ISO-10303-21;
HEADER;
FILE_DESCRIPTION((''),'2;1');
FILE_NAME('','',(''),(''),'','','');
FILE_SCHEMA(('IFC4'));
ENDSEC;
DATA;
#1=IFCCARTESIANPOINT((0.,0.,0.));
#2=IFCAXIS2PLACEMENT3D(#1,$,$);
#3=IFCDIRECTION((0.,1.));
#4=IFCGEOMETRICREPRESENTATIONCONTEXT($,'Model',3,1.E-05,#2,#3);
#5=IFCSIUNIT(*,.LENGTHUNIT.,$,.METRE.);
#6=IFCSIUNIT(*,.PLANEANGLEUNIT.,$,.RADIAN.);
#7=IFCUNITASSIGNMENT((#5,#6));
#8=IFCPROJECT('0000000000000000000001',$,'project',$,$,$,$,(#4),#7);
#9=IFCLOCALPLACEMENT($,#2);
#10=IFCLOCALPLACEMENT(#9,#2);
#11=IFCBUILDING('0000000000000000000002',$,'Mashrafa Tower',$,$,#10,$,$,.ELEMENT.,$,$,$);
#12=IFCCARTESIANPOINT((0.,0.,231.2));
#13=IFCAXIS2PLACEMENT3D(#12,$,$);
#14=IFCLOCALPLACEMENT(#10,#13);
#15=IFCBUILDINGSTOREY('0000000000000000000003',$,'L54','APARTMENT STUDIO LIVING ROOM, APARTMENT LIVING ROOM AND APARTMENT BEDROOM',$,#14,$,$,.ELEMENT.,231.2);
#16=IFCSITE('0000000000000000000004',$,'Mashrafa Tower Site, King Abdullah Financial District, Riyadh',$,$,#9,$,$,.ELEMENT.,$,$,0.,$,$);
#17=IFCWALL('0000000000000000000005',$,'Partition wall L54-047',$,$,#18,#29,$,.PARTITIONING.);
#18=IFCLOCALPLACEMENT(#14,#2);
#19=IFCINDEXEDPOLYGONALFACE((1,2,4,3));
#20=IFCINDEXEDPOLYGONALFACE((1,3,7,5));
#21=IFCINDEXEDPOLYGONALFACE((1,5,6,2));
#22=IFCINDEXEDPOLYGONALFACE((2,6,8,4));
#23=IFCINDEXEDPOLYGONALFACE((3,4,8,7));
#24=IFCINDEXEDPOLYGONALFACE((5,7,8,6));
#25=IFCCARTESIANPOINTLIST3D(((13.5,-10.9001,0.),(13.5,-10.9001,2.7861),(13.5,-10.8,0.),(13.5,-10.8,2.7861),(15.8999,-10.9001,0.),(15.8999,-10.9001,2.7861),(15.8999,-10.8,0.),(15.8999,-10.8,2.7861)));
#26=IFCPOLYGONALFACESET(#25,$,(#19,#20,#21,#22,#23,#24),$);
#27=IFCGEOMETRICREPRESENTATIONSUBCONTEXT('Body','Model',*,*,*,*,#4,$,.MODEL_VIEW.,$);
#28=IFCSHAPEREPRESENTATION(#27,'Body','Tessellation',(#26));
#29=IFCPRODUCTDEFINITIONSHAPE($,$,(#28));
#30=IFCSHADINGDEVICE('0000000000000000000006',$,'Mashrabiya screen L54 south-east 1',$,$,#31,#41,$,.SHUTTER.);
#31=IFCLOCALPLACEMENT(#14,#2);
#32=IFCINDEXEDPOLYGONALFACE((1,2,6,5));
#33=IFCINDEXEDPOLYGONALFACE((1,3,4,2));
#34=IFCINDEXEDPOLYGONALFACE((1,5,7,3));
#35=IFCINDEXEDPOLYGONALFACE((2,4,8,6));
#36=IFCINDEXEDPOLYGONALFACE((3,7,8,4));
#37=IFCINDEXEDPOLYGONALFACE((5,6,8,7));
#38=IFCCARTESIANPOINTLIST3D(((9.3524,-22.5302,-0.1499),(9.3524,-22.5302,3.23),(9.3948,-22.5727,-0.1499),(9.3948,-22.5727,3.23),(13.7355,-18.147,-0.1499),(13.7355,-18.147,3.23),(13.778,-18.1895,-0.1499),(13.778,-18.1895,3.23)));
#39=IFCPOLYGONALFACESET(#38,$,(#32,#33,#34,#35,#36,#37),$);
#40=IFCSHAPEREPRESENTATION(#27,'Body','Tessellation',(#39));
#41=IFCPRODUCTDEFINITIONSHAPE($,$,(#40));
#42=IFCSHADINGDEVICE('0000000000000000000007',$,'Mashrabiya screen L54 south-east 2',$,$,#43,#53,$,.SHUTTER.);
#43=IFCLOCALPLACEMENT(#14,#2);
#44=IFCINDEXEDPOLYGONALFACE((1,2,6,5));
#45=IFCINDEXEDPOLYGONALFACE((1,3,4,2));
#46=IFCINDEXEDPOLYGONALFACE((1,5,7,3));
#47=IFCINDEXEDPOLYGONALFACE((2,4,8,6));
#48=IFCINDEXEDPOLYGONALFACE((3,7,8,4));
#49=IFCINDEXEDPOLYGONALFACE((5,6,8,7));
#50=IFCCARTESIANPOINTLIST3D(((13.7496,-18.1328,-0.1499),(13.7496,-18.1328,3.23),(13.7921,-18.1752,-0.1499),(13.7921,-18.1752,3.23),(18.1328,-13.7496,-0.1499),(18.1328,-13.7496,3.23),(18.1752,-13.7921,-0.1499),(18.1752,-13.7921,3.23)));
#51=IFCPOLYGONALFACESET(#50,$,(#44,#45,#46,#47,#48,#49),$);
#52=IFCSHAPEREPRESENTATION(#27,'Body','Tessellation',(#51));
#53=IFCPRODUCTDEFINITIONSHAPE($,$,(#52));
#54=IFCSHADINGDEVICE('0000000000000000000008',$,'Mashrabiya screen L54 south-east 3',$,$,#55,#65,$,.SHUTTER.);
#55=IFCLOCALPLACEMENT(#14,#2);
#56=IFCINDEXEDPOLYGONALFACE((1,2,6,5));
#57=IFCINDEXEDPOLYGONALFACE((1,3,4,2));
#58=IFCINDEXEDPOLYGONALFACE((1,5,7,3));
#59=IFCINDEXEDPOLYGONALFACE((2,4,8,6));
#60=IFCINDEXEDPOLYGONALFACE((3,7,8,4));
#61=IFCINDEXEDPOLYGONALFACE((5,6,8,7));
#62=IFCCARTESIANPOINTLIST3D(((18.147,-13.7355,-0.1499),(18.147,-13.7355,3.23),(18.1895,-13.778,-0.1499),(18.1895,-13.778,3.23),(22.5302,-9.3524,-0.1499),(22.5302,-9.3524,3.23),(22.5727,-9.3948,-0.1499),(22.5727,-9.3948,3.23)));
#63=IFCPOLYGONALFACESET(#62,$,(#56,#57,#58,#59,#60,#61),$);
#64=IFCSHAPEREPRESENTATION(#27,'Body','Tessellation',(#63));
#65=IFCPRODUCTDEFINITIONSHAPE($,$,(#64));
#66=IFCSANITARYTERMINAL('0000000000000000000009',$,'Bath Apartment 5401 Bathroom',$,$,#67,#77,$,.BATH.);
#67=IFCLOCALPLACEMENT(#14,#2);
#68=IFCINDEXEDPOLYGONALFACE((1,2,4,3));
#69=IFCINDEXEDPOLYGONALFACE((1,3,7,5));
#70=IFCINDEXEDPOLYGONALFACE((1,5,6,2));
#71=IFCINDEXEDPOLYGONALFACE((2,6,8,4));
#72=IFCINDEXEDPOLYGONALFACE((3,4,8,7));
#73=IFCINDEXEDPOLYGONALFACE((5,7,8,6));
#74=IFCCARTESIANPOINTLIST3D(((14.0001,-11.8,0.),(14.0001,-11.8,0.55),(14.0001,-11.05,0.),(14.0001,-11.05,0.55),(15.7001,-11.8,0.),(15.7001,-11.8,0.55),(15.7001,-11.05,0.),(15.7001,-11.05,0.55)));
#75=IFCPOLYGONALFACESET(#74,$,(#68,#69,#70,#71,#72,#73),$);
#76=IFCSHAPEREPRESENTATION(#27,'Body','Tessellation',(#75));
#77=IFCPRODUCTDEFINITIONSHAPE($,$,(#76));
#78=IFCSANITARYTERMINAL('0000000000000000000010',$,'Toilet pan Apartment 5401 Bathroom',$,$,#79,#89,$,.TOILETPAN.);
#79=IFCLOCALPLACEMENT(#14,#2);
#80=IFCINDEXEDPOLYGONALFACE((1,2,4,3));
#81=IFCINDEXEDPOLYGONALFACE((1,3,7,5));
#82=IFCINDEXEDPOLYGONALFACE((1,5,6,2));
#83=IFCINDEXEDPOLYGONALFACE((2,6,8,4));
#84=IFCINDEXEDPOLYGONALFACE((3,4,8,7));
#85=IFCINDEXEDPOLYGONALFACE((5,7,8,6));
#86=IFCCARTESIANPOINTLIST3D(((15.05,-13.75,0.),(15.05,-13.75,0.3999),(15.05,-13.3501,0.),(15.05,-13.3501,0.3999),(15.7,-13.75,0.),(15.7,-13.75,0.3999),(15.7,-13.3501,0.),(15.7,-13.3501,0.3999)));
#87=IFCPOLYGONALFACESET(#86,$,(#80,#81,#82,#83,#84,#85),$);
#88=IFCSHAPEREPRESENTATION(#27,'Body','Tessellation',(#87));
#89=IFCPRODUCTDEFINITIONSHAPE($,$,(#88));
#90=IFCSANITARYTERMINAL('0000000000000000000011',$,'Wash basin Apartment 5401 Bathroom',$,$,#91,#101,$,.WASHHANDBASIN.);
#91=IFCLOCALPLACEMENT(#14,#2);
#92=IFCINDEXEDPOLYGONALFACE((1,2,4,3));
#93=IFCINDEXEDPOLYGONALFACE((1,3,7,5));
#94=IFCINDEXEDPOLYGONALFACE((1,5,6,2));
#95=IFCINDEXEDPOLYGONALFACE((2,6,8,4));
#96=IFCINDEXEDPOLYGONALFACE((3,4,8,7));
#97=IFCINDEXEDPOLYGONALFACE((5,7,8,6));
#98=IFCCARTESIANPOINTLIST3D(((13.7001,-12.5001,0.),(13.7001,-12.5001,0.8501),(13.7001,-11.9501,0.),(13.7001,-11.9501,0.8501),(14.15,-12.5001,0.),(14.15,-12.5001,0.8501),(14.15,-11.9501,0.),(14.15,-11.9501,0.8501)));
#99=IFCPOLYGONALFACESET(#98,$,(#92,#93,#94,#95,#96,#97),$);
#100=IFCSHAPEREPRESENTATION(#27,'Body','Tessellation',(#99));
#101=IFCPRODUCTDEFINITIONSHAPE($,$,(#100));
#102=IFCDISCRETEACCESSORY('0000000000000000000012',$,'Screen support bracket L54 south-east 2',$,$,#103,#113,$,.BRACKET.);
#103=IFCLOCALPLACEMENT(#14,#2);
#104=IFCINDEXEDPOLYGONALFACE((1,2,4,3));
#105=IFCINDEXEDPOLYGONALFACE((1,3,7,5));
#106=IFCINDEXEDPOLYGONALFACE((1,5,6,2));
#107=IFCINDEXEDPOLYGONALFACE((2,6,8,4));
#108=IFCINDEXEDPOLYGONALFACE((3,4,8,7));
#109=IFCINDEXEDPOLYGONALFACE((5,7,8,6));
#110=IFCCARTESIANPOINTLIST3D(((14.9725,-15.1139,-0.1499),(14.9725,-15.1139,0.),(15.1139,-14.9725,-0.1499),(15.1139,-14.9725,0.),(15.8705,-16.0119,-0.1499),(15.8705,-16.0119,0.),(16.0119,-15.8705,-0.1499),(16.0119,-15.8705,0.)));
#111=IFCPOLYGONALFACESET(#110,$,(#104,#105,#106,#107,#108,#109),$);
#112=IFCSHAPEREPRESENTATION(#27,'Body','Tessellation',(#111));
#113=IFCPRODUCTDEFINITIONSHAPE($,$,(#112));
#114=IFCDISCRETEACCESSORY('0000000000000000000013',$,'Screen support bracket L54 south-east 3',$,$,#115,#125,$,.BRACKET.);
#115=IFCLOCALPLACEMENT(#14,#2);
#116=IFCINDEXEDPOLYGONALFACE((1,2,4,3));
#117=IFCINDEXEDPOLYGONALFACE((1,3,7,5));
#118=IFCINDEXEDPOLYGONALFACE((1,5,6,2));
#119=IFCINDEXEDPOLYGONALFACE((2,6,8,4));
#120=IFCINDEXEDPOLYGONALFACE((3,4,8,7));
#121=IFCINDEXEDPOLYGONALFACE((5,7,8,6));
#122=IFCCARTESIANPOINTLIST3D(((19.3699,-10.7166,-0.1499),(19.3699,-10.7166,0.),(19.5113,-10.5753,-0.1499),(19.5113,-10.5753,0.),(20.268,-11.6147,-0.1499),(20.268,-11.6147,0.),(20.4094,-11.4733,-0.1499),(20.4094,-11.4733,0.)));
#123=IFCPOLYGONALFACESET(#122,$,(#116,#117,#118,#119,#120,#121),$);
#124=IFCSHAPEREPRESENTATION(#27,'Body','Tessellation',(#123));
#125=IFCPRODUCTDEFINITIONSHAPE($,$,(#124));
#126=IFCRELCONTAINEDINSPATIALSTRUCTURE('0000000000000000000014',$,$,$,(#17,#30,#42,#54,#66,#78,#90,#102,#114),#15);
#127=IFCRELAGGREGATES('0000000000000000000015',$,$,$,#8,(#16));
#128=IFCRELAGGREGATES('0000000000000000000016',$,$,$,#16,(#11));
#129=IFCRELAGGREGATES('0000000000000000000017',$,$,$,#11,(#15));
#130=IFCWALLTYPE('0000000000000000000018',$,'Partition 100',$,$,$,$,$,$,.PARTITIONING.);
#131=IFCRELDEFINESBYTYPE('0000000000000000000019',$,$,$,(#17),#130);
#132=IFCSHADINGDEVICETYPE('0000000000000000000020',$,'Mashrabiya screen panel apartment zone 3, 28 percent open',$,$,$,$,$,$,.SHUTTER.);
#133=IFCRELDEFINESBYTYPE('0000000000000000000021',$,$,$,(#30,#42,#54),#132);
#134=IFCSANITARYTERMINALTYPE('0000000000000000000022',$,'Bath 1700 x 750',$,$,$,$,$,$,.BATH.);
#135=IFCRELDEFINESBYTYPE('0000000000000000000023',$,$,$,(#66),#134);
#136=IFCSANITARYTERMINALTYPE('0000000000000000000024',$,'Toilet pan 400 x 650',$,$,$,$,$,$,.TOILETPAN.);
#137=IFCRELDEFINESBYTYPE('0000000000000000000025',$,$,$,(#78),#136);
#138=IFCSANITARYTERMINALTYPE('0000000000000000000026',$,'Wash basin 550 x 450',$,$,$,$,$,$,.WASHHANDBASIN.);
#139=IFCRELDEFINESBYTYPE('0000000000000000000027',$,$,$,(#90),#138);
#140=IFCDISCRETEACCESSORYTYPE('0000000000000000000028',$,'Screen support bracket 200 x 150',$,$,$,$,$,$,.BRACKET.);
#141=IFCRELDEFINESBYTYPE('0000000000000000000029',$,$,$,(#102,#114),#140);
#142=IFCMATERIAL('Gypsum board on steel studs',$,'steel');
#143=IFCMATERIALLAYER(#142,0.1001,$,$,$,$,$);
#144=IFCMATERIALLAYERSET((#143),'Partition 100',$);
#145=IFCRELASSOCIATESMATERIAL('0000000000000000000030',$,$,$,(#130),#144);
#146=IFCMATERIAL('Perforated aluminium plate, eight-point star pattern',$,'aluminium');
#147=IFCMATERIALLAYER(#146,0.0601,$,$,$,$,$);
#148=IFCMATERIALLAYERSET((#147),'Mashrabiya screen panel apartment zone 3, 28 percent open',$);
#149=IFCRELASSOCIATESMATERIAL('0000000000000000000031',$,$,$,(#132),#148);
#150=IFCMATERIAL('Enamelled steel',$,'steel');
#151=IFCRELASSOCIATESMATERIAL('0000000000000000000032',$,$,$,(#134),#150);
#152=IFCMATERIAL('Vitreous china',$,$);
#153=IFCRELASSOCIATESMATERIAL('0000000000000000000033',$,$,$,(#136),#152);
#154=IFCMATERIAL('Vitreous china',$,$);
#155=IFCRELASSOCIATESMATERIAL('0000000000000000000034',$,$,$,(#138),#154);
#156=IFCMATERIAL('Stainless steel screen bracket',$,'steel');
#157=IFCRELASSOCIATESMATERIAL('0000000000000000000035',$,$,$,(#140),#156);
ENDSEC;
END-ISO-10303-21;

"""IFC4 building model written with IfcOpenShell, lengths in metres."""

from ifc_helpers import new_model, si_unit, direction, frame, frame_2d, origin, origin_2d, place, context, subcontext, project, spatial, rectangle, extrude, source, transform, mapped, material, layer, layer_set, type_object, type_shapes, element, save


model = new_model("IFC4")

# Units and contexts
model_context = context("Model", 3, precision=1e-05, world=origin(), true_north=direction((0.0, 1.0)))
body_context = subcontext(model_context, "Body", "Model", "MODEL_VIEW")
ifc_project = project(units=[si_unit("LENGTHUNIT", "METRE"), si_unit("PLANEANGLEUNIT", "RADIAN")], contexts=[model_context])

# Site, building, storey
site_placement = place(None, origin())
site = spatial("IfcSite", under=ifc_project, at=site_placement, Name="Mashrafa Tower Site, King Abdullah Financial District, Riyadh", CompositionType="ELEMENT", RefElevation=0.0)
building_placement = place(site_placement, origin())
building = spatial("IfcBuilding", under=site, at=building_placement, Name="Mashrafa Tower", CompositionType="ELEMENT")
storey_placement = place(building_placement, frame((0.0, 0.0, 231.2)))
storey = spatial("IfcBuildingStorey", under=building, at=storey_placement, Name="L54", Description="APARTMENT STUDIO LIVING ROOM, APARTMENT LIVING ROOM AND APARTMENT BEDROOM", CompositionType="ELEMENT", Elevation=231.2)

# Shared definitions
ifc_material_1 = material(Name="Gypsum board on steel studs", Category="steel")
ifc_layer_1 = layer(ifc_material_1, 0.1001)
ifc_layer_set_1 = layer_set([ifc_layer_1], Name="Partition 100")
wall_type_1 = type_object("IfcWallType", Name="Partition 100", PredefinedType="PARTITIONING", material=ifc_layer_set_1)

# Wall
wall_1_placement = place(storey_placement, frame((15.8999, -10.8501, 0.0), z_axis=(0.0, 0.0, 1.0), x_axis=(-1.0, 0.0, 0.0)))
element("IfcWall", 1, at=wall_1_placement, inside=storey, type_object=wall_type_1, Name="Partition wall L54-047", PredefinedType="PARTITIONING", context=body_context, shape_type="SweptSolid", body=[
    extrude(rectangle(XDim=2.3999, YDim=0.1001, at=frame_2d((1.2, 0.0))), origin(), (0.0, 0.0, 1.0), 2.7861),
])

# Shading devices
ifc_material_2 = material(Name="Perforated aluminium plate, eight-point star pattern", Category="aluminium")
ifc_layer_2 = layer(ifc_material_2, 0.0601)
ifc_layer_set_2 = layer_set([ifc_layer_2], Name="Mashrabiya screen panel apartment zone 3, 28 percent open")
shading_device_type = type_object("IfcShadingDeviceType", Name="Mashrabiya screen panel apartment zone 3, 28 percent open", PredefinedType="SHUTTER", material=ifc_layer_set_2)
shared_shape_1 = source(origin(), body_context, "Body", "SweptSolid", [
    extrude(rectangle(XDim=6.1987, YDim=0.0601, at=origin_2d()), origin(), (0.0, 0.0, 1.0), 3.3799),
])
type_shapes(shading_device_type, [shared_shape_1])
for number, where, z_axis, x_axis, name in (
    (2, (11.5652, -20.3599, -0.1499), (0.0, 0.0, 1.0), (0.707107, 0.707107, 0.0), "Mashrabiya screen L54 south-east 1"),
    (3, (15.9624, -15.9624, -0.1499), (0.0, 0.0, 1.0), (0.707107, 0.707107, 0.0), "Mashrabiya screen L54 south-east 2"),
    (4, (20.3599, -11.5652, -0.1499), (0.0, 0.0, 1.0), (0.707107, 0.707107, 0.0), "Mashrabiya screen L54 south-east 3"),
):
    element("IfcShadingDevice", number, at=place(storey_placement, frame(where, z_axis=z_axis, x_axis=x_axis)), inside=storey, type_object=shading_device_type, Name=name, PredefinedType="SHUTTER", context=body_context, shape_type="MappedRepresentation", body=[
        mapped(shared_shape_1, transform((0.0, 0.0, 0.0))),
    ])

# Sanitary terminals
ifc_material_3 = material(Name="Enamelled steel", Category="steel")
sanitary_terminal_type_1 = type_object("IfcSanitaryTerminalType", Name="Bath 1700 x 750", PredefinedType="BATH", material=ifc_material_3)
sanitary_terminal_1_placement = place(storey_placement, frame((14.8501, -11.425, 0.0), z_axis=(0.0, 0.0, 1.0), x_axis=(-1.0, 0.0, 0.0)))
element("IfcSanitaryTerminal", 5, at=sanitary_terminal_1_placement, inside=storey, type_object=sanitary_terminal_type_1, Name="Bath Apartment 5401 Bathroom", PredefinedType="BATH", context=body_context, shape_type="SweptSolid", body=[
    extrude(rectangle(XDim=1.7, YDim=0.75, at=origin_2d()), origin(), (0.0, 0.0, 1.0), 0.55),
])
ifc_material_4 = material(Name="Vitreous china")
sanitary_terminal_type_2 = type_object("IfcSanitaryTerminalType", Name="Toilet pan 400 x 650", PredefinedType="TOILETPAN", material=ifc_material_4)
sanitary_terminal_2_placement = place(storey_placement, frame((15.375, -13.55, 0.0), z_axis=(0.0, 0.0, 1.0), x_axis=(0.0, 1.0, 0.0)))
element("IfcSanitaryTerminal", 6, at=sanitary_terminal_2_placement, inside=storey, type_object=sanitary_terminal_type_2, Name="Toilet pan Apartment 5401 Bathroom", PredefinedType="TOILETPAN", context=body_context, shape_type="SweptSolid", body=[
    extrude(rectangle(XDim=0.3999, YDim=0.6499, at=origin_2d()), origin(), (0.0, 0.0, 1.0), 0.3999),
])
ifc_material_5 = material(Name="Vitreous china")
sanitary_terminal_type_3 = type_object("IfcSanitaryTerminalType", Name="Wash basin 550 x 450", PredefinedType="WASHHANDBASIN", material=ifc_material_5)
sanitary_terminal_3_placement = place(storey_placement, frame((13.925, -12.2251, 0.0), z_axis=(0.0, 0.0, 1.0), x_axis=(0.0, -1.0, 0.0)))
element("IfcSanitaryTerminal", 7, at=sanitary_terminal_3_placement, inside=storey, type_object=sanitary_terminal_type_3, Name="Wash basin Apartment 5401 Bathroom", PredefinedType="WASHHANDBASIN", context=body_context, shape_type="SweptSolid", body=[
    extrude(rectangle(XDim=0.55, YDim=0.45, at=origin_2d()), origin(), (0.0, 0.0, 1.0), 0.8501),
])

# Discrete accessories
ifc_material_6 = material(Name="Stainless steel screen bracket", Category="steel")
discrete_accessory_type = type_object("IfcDiscreteAccessoryType", Name="Screen support bracket 200 x 150", PredefinedType="BRACKET", material=ifc_material_6)
shared_shape_2 = source(origin(), body_context, "Body", "SweptSolid", [
    extrude(rectangle(XDim=0.2, YDim=1.27, at=origin_2d()), origin(), (0.0, 0.0, 1.0), 0.1499),
])
type_shapes(discrete_accessory_type, [shared_shape_2])
for number, where, z_axis, x_axis, name in (
    (8, (15.4922, -15.4922, -0.1499), (0.0, 0.0, 1.0), (0.707107, 0.707107, 0.0), "Screen support bracket L54 south-east 2"),
    (9, (19.8896, -11.095, -0.1499), (0.0, 0.0, 1.0), (0.707107, 0.707107, 0.0), "Screen support bracket L54 south-east 3"),
):
    element("IfcDiscreteAccessory", number, at=place(storey_placement, frame(where, z_axis=z_axis, x_axis=x_axis)), inside=storey, type_object=discrete_accessory_type, Name=name, PredefinedType="BRACKET", context=body_context, shape_type="MappedRepresentation", body=[
        mapped(shared_shape_2, transform((0.0, 0.0, 0.0))),
    ])

save(model, "model.ifc")
